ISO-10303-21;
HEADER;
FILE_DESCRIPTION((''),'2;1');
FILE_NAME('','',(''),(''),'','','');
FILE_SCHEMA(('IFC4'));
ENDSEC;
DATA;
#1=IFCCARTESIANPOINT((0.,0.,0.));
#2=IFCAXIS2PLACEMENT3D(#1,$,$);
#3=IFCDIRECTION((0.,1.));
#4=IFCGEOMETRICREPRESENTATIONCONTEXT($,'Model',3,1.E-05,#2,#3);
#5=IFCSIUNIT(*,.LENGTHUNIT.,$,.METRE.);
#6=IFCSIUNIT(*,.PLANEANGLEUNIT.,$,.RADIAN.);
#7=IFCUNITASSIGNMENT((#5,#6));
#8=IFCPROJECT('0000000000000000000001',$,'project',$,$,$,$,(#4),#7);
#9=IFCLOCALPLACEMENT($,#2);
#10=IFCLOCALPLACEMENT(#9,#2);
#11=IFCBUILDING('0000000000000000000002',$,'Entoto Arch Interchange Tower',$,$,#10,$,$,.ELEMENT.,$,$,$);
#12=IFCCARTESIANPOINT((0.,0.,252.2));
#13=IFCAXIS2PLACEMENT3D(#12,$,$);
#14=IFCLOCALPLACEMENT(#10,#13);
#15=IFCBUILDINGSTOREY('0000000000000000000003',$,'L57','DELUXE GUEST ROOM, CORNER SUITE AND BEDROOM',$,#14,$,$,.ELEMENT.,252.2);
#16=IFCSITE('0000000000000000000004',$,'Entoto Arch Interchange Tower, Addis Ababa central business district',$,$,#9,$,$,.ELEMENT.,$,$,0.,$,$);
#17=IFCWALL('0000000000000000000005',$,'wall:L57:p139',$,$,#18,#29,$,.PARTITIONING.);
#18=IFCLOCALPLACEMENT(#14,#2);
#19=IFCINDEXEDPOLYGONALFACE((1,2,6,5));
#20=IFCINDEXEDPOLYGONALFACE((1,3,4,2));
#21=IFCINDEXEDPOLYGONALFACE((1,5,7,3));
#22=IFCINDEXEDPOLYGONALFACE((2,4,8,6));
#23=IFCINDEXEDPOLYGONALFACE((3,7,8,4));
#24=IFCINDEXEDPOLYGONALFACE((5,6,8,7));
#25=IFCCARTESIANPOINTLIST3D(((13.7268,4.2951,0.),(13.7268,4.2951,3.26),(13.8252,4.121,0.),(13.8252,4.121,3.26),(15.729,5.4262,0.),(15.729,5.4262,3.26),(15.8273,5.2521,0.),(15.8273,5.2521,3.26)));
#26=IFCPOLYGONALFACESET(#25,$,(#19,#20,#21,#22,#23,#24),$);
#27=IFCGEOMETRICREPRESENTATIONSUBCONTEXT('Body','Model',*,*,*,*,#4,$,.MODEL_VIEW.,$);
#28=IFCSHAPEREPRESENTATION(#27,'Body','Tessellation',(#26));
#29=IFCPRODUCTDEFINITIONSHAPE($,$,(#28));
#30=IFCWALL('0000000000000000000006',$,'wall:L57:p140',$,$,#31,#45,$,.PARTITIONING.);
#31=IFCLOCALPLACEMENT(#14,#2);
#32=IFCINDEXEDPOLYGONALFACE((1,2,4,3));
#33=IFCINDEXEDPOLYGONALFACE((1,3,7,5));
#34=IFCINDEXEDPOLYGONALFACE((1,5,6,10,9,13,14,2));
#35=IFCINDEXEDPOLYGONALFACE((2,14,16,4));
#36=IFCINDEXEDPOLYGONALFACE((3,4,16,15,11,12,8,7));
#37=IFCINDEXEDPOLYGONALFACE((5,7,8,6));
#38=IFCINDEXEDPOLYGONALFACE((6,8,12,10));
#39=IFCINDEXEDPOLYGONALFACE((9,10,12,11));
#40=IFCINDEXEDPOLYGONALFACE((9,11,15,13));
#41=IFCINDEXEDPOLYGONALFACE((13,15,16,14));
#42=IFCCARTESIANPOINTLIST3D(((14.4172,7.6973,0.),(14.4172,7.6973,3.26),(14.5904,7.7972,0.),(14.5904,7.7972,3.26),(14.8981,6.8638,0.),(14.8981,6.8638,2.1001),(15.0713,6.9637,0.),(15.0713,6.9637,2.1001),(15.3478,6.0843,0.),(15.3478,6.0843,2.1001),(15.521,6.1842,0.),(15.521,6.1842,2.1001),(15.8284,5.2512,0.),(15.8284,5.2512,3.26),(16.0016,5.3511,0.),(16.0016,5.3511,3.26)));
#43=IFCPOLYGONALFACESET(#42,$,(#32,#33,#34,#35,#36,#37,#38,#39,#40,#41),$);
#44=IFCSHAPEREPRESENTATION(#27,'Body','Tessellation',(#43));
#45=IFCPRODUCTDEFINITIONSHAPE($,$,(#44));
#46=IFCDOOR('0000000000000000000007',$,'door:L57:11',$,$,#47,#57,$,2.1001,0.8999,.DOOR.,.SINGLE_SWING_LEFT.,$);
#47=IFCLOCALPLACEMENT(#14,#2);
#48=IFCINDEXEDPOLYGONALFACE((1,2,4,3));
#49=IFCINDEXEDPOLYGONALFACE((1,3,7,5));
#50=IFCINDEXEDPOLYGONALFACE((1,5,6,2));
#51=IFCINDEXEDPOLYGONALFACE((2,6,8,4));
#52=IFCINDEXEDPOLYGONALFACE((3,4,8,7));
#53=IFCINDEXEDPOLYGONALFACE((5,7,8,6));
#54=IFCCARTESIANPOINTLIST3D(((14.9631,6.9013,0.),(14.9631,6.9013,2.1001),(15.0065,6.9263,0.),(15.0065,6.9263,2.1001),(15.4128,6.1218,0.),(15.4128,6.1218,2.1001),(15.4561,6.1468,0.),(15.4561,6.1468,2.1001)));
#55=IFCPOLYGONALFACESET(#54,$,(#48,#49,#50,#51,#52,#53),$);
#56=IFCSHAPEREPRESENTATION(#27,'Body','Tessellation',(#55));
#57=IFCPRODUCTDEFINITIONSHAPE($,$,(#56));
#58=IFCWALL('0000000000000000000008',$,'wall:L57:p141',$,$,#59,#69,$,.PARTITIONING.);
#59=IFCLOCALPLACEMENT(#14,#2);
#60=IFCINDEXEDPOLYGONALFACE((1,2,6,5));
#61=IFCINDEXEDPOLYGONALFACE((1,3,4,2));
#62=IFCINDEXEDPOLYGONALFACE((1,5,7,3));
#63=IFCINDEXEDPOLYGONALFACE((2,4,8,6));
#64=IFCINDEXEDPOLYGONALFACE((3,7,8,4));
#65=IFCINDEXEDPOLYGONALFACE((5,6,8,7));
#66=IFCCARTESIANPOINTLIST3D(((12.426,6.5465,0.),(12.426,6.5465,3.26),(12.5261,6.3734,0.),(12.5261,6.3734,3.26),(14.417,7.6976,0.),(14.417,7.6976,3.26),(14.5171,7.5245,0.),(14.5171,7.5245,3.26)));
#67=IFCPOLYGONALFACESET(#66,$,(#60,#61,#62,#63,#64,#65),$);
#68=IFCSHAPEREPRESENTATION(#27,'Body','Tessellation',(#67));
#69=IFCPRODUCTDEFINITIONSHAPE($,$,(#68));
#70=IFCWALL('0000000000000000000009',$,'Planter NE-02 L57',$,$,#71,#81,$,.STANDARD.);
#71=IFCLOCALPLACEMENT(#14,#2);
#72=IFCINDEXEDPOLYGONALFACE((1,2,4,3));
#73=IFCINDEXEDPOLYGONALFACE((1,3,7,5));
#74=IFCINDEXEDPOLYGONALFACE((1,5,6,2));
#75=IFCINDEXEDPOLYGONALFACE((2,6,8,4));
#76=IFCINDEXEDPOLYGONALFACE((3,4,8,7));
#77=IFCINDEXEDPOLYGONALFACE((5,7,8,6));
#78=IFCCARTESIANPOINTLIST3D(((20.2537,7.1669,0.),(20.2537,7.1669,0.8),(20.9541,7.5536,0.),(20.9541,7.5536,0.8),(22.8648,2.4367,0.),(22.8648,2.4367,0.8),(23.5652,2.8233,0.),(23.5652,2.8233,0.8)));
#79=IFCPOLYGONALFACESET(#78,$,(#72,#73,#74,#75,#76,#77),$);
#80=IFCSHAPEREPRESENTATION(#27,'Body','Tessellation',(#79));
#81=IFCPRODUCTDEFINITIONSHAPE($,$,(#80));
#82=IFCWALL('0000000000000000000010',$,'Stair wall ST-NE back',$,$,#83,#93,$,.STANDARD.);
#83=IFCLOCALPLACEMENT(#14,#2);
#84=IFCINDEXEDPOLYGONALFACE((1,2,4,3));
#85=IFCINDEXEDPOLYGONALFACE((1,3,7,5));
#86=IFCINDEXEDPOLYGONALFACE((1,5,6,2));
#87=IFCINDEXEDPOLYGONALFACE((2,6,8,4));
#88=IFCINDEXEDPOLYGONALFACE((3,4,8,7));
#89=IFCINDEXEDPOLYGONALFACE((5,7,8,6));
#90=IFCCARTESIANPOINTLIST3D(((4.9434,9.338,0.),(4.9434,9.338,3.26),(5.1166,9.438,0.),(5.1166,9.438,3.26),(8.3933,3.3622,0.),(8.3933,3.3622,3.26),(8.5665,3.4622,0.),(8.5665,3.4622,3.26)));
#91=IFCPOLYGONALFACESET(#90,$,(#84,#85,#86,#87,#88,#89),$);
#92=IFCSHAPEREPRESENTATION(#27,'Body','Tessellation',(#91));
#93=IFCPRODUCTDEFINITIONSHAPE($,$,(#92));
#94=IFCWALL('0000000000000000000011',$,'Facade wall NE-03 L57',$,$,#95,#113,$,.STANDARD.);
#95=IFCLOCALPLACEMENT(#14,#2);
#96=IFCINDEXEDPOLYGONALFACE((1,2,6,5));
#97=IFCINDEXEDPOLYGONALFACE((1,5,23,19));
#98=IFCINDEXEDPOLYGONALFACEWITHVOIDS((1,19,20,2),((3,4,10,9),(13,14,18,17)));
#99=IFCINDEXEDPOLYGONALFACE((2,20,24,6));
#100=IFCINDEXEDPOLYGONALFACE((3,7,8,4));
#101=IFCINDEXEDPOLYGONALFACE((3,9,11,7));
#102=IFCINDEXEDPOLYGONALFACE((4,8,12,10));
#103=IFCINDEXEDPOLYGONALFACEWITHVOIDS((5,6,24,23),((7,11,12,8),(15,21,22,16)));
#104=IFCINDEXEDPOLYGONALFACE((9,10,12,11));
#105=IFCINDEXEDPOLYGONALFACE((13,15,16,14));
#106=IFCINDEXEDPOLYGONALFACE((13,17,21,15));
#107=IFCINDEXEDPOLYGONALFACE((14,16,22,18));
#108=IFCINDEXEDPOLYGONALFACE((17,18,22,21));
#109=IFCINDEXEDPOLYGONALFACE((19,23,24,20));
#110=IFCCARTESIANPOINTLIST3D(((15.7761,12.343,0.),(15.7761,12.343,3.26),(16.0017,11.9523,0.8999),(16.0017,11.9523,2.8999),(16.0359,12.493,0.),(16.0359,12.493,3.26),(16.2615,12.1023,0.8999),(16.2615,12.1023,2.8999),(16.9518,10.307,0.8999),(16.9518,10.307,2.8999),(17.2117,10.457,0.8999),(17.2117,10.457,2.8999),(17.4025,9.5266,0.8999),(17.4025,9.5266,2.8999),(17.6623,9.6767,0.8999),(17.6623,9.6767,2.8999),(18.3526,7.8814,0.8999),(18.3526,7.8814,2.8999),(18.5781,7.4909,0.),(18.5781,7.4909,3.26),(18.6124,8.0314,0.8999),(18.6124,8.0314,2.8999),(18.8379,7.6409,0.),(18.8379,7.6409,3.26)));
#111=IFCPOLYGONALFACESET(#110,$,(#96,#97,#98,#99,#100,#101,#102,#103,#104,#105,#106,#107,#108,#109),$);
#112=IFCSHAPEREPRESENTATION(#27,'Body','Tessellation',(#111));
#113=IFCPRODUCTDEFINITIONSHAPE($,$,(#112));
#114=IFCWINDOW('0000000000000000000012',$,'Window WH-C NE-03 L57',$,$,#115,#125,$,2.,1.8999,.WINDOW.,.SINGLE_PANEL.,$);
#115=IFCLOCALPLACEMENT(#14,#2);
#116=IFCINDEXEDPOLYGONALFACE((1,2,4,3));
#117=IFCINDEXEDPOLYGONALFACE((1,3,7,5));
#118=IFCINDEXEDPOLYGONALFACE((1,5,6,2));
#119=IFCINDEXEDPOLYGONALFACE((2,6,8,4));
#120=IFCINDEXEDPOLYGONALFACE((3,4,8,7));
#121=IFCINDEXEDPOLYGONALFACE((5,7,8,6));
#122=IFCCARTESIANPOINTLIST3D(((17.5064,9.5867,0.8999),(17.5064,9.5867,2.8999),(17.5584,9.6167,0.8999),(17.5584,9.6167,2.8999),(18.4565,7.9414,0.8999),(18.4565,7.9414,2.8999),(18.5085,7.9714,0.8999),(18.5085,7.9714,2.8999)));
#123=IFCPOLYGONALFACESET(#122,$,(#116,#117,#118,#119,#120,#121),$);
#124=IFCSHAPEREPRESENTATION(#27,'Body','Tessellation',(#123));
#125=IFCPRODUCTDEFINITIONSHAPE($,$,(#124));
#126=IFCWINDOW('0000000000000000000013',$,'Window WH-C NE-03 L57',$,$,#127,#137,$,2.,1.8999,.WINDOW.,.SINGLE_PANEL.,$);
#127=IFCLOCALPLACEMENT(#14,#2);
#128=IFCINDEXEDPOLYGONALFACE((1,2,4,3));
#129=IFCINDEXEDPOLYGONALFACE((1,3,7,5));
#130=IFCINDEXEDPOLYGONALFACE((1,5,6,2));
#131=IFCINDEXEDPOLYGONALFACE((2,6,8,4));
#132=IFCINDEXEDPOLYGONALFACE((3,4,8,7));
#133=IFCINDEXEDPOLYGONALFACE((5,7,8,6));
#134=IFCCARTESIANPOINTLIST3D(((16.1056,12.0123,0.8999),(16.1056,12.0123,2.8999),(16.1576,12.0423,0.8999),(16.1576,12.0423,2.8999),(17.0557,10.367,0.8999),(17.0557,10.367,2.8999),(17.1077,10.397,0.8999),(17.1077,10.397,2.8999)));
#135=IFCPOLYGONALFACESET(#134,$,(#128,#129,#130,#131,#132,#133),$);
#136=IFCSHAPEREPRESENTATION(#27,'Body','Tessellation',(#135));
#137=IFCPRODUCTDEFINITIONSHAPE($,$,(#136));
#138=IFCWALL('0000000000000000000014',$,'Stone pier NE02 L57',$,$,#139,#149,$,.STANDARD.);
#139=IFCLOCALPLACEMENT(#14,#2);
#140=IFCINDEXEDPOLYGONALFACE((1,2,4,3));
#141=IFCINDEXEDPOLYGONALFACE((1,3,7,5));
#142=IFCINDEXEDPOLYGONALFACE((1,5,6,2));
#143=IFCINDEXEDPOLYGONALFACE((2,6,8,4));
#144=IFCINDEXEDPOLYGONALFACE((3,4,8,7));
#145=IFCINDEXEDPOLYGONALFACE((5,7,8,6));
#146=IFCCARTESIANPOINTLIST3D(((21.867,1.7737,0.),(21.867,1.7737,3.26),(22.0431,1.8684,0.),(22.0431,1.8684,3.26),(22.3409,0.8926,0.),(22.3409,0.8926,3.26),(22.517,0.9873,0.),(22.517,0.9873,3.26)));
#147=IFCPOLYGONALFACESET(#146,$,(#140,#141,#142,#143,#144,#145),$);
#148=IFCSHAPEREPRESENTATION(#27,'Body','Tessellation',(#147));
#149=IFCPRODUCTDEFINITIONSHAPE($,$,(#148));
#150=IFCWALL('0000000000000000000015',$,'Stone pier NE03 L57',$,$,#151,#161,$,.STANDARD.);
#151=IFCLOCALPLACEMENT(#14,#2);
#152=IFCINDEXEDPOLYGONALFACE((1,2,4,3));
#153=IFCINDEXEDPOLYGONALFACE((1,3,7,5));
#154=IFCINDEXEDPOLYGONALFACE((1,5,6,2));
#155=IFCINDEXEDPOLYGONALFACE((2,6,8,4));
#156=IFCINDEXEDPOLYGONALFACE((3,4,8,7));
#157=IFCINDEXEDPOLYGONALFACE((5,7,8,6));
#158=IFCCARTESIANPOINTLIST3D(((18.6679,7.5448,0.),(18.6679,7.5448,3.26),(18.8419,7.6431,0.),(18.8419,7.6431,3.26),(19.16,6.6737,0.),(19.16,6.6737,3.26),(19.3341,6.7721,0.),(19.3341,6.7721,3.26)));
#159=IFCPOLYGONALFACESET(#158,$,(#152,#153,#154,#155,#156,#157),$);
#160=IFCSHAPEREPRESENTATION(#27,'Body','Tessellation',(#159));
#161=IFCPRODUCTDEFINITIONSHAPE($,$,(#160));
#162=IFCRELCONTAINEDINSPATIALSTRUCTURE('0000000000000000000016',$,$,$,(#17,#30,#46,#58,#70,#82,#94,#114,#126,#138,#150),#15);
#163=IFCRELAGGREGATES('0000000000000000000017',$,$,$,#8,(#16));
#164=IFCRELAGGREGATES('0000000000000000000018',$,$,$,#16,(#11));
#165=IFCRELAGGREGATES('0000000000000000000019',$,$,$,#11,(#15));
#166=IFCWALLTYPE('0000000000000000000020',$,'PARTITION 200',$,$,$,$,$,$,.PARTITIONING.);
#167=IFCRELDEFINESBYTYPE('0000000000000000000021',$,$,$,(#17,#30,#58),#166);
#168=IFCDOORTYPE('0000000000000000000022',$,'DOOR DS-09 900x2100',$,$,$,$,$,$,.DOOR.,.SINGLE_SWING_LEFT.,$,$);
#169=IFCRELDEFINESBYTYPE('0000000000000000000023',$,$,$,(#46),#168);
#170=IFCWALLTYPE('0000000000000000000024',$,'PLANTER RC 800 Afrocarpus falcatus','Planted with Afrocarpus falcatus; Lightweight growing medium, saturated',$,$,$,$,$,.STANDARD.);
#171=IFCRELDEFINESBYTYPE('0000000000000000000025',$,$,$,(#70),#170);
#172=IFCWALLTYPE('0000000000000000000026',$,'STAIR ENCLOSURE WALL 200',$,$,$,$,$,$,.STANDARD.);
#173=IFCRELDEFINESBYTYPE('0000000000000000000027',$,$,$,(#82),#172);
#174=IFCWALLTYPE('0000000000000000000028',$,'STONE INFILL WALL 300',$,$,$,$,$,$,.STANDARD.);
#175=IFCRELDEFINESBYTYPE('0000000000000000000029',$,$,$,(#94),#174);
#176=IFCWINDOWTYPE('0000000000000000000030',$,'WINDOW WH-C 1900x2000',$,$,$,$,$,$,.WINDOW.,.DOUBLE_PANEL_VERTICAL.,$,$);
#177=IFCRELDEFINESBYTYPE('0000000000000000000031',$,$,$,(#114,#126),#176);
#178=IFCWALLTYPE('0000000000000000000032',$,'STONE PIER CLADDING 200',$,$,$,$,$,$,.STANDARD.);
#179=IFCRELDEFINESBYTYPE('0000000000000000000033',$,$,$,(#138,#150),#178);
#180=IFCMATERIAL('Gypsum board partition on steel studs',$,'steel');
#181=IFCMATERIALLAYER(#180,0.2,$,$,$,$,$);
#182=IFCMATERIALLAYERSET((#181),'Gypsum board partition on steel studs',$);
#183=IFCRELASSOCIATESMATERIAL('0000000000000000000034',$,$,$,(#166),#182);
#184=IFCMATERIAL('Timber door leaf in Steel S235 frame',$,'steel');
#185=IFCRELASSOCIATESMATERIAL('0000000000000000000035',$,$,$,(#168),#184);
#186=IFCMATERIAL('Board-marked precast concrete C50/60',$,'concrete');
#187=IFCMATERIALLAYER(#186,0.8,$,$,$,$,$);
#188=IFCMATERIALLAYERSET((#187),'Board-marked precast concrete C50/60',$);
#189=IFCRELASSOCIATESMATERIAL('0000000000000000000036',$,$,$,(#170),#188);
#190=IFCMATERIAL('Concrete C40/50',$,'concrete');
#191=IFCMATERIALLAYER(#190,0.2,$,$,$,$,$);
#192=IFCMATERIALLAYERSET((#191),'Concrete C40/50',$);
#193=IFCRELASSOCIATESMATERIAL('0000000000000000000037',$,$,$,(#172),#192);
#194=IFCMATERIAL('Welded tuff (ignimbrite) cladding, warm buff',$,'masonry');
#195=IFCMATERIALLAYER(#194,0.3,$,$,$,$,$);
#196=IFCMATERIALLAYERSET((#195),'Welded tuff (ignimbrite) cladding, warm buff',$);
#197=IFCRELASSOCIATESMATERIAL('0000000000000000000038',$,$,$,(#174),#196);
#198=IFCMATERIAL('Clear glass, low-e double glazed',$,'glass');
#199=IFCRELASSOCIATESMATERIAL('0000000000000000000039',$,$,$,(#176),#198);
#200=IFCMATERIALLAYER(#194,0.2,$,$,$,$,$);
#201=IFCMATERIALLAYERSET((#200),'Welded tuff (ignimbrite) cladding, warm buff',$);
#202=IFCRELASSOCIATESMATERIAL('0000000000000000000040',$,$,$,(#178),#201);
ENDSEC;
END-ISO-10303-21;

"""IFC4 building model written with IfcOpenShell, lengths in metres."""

from ifc_helpers import new_model, si_unit, direction, frame, frame_2d, origin, place, context, subcontext, project, spatial, rectangle, extrude, material, layer, layer_set, type_object, element, fill, save


model = new_model("IFC4")

# Units and contexts
model_context = context("Model", 3, precision=1e-05, world=origin(), true_north=direction((0.0, 1.0)))
body_context = subcontext(model_context, "Body", "Model", "MODEL_VIEW")
ifc_project = project(units=[si_unit("LENGTHUNIT", "METRE"), si_unit("PLANEANGLEUNIT", "RADIAN")], contexts=[model_context])

# Site, building, storey
site_placement = place(None, origin())
site = spatial("IfcSite", under=ifc_project, at=site_placement, Name="Entoto Arch Interchange Tower, Addis Ababa central business district", CompositionType="ELEMENT", RefElevation=0.0)
building_placement = place(site_placement, origin())
building = spatial("IfcBuilding", under=site, at=building_placement, Name="Entoto Arch Interchange Tower", CompositionType="ELEMENT")
storey_placement = place(building_placement, frame((0.0, 0.0, 252.2)))
storey = spatial("IfcBuildingStorey", under=building, at=storey_placement, Name="L57", Description="DELUXE GUEST ROOM, CORNER SUITE AND BEDROOM", CompositionType="ELEMENT", Elevation=252.2)

# Shared definitions
ifc_material_1 = material(Name="Concrete C40/50", Category="concrete")

# Shared definitions
ifc_material_2 = material(Name="Gypsum board partition on steel studs", Category="steel")

# Shared definitions
ifc_layer_1 = layer(ifc_material_2, 0.2)
ifc_layer_set_1 = layer_set([ifc_layer_1], Name="Gypsum board partition on steel studs")
wall_type_1 = type_object("IfcWallType", Name="PARTITION 200", PredefinedType="PARTITIONING", material=ifc_layer_set_1)
ifc_material_3 = material(Name="Timber door leaf in Steel S235 frame", Category="steel")

# Wall
wall_1_placement = place(storey_placement, frame((13.7759, 4.208, 0.0), z_axis=(0.0, 0.0, 1.0), x_axis=(0.87067, 0.491868, 0.0)))
element("IfcWall", 1, at=wall_1_placement, inside=storey, type_object=wall_type_1, Name="wall:L57:p139", PredefinedType="PARTITIONING", context=body_context, shape_type="SweptSolid", body=[
    extrude(rectangle(XDim=2.2996, YDim=0.2, at=frame_2d((1.1499, 0.0))), origin(), (0.0, 0.0, 1.0), 3.26),
])

# Wall, opening, door
wall_2_placement = place(storey_placement, frame((15.915, 5.301, 0.0), z_axis=(0.0, 0.0, 1.0), x_axis=(-0.49971, 0.866193, 0.0)))
wall_2 = element("IfcWall", 2, at=wall_2_placement, inside=storey, type_object=wall_type_1, Name="wall:L57:p140", PredefinedType="PARTITIONING", context=body_context, shape_type="SweptSolid", body=[
    extrude(rectangle(XDim=2.824, YDim=0.2, at=frame_2d((1.4121, 0.0))), origin(), (0.0, 0.0, 1.0), 3.26),
])
opening_1_placement = place(wall_2_placement, frame((0.9619, 0.0, 0.0)))
opening_1 = element("IfcOpeningElement", 3, at=opening_1_placement, cuts=wall_2, PredefinedType="OPENING", context=body_context, shape_type="SweptSolid", body=[
    extrude(rectangle(XDim=0.8999, YDim=2.1001, at=frame_2d((0.45, 1.05))), frame((0.0, 0.1099, 0.0), z_axis=(0.0, -1.0, 0.0), x_axis=(1.0, 0.0, 0.0)), (0.0, 0.0, 1.0), 0.22),
])
door_type_1 = type_object("IfcDoorType", Name="DOOR DS-09 900x2100", OperationType="SINGLE_SWING_LEFT", PredefinedType="DOOR", material=ifc_material_3)
door_1_placement = place(opening_1_placement, origin())
door_1 = element("IfcDoor", 4, at=door_1_placement, inside=storey, type_object=door_type_1, Name="door:L57:11", OperationType="SINGLE_SWING_LEFT", OverallHeight=2.1001, OverallWidth=0.8999, PredefinedType="DOOR", context=body_context, shape_type="SweptSolid", body=[
    extrude(rectangle(XDim=0.8999, YDim=2.1001, at=frame_2d((0.45, 1.05))), frame((0.0, 0.0249, 0.0), z_axis=(0.0, -1.0, 0.0), x_axis=(1.0, 0.0, 0.0)), (0.0, 0.0, 1.0), 0.05),
])
fill(opening_1, door_1)

# Walls
wall_3_placement = place(storey_placement, frame((14.467, 7.6111, 0.0), z_axis=(0.0, 0.0, 1.0), x_axis=(-0.865717, -0.500534, 0.0)))
element("IfcWall", 5, at=wall_3_placement, inside=storey, type_object=wall_type_1, Name="wall:L57:p141", PredefinedType="PARTITIONING", context=body_context, shape_type="SweptSolid", body=[
    extrude(rectangle(XDim=2.2998, YDim=0.2, at=frame_2d((1.1499, 0.0))), origin(), (0.0, 0.0, 1.0), 3.26),
])
ifc_material_4 = material(Name="Board-marked precast concrete C50/60", Category="concrete")
ifc_layer_2 = layer(ifc_material_4, 0.8)
ifc_layer_set_2 = layer_set([ifc_layer_2], Name="Board-marked precast concrete C50/60")
wall_type_2 = type_object("IfcWallType", Name="PLANTER RC 800 Afrocarpus falcatus", Description="Planted with Afrocarpus falcatus; Lightweight growing medium, saturated", PredefinedType="STANDARD", material=ifc_layer_set_2)
wall_4_placement = place(storey_placement, frame((23.2151, 2.6299, 0.0), z_axis=(0.0, 0.0, 1.0), x_axis=(-0.483262, 0.875476, 0.0)))
element("IfcWall", 6, at=wall_4_placement, inside=storey, type_object=wall_type_2, Name="Planter NE-02 L57", PredefinedType="STANDARD", context=body_context, shape_type="SweptSolid", body=[
    extrude(rectangle(XDim=5.4031, YDim=0.8, at=frame_2d((2.7017, 0.0))), origin(), (0.0, 0.0, 1.0), 0.8),
])
ifc_layer_3 = layer(ifc_material_1, 0.2)
ifc_layer_set_3 = layer_set([ifc_layer_3], Name="Concrete C40/50")
wall_type_3 = type_object("IfcWallType", Name="STAIR ENCLOSURE WALL 200", PredefinedType="STANDARD", material=ifc_layer_set_3)
wall_5_placement = place(storey_placement, frame((8.48, 3.4121, 0.0), z_axis=(0.0, 0.0, 1.0), x_axis=(-0.499979, 0.866038, 0.0)))
element("IfcWall", 7, at=wall_5_placement, inside=storey, type_object=wall_type_3, Name="Stair wall ST-NE back", PredefinedType="STANDARD", context=body_context, shape_type="SweptSolid", body=[
    extrude(rectangle(XDim=6.9001, YDim=0.2, at=frame_2d((3.4502, 0.0))), origin(), (0.0, 0.0, 1.0), 3.26),
])

# Shared definitions
ifc_material_5 = material(Name="Welded tuff (ignimbrite) cladding, warm buff", Category="masonry")
ifc_layer_4 = layer(ifc_material_5, 0.3)
ifc_layer_set_4 = layer_set([ifc_layer_4], Name="Welded tuff (ignimbrite) cladding, warm buff")
wall_type_4 = type_object("IfcWallType", Name="STONE INFILL WALL 300", PredefinedType="STANDARD", material=ifc_layer_set_4)
ifc_material_6 = material(Name="Clear glass, low-e double glazed", Category="glass")
window_type = type_object("IfcWindowType", Name="WINDOW WH-C 1900x2000", PartitioningType="DOUBLE_PANEL_VERTICAL", PredefinedType="WINDOW", material=ifc_material_6)

# Wall, openings, windows
wall_6_placement = place(storey_placement, frame((18.708, 7.5659, 0.0), z_axis=(0.0, 0.0, 1.0), x_axis=(-0.50009, 0.865974, 0.0)))
wall_6 = element("IfcWall", 8, at=wall_6_placement, inside=storey, type_object=wall_type_4, Name="Facade wall NE-03 L57", PredefinedType="STANDARD", context=body_context, shape_type="SweptSolid", body=[
    extrude(rectangle(XDim=5.603, YDim=0.3, at=frame_2d((2.8015, 0.0))), origin(), (0.0, 0.0, 1.0), 3.26),
])
opening_2_placement = place(wall_6_placement, frame((0.4509, 0.0, 0.8999)))
opening_2 = element("IfcOpeningElement", 9, at=opening_2_placement, cuts=wall_6, PredefinedType="OPENING", context=body_context, shape_type="SweptSolid", body=[
    extrude(rectangle(XDim=1.8999, YDim=2.0, at=frame_2d((0.95, 1.0))), frame((0.0, 0.1602, 0.0), z_axis=(0.0, -1.0, 0.0), x_axis=(1.0, 0.0, 0.0)), (0.0, 0.0, 1.0), 0.3201),
])
opening_3_placement = place(wall_6_placement, frame((3.252, 0.0, 0.8999)))
opening_3 = element("IfcOpeningElement", 10, at=opening_3_placement, cuts=wall_6, PredefinedType="OPENING", context=body_context, shape_type="SweptSolid", body=[
    extrude(rectangle(XDim=1.8999, YDim=2.0, at=frame_2d((0.95, 1.0))), frame((0.0, 0.1602, 0.0), z_axis=(0.0, -1.0, 0.0), x_axis=(1.0, 0.0, 0.0)), (0.0, 0.0, 1.0), 0.3201),
])
window_1_placement = place(opening_2_placement, origin())
window_1 = element("IfcWindow", 11, at=window_1_placement, inside=storey, type_object=window_type, Name="Window WH-C NE-03 L57", OverallHeight=2.0, OverallWidth=1.8999, PartitioningType="SINGLE_PANEL", PredefinedType="WINDOW", context=body_context, shape_type="SweptSolid", body=[
    extrude(rectangle(XDim=1.8999, YDim=2.0, at=frame_2d((0.95, 1.0))), frame((0.0, 0.03, 0.0), z_axis=(0.0, -1.0, 0.0), x_axis=(1.0, 0.0, 0.0)), (0.0, 0.0, 1.0), 0.0601),
])
fill(opening_2, window_1)
window_2_placement = place(opening_3_placement, origin())
window_2 = element("IfcWindow", 12, at=window_2_placement, inside=storey, type_object=window_type, Name="Window WH-C NE-03 L57", OverallHeight=2.0, OverallWidth=1.8999, PartitioningType="SINGLE_PANEL", PredefinedType="WINDOW", context=body_context, shape_type="SweptSolid", body=[
    extrude(rectangle(XDim=1.8999, YDim=2.0, at=frame_2d((0.95, 1.0))), frame((0.0, 0.03, 0.0), z_axis=(0.0, -1.0, 0.0), x_axis=(1.0, 0.0, 0.0)), (0.0, 0.0, 1.0), 0.0601),
])
fill(opening_3, window_2)

# Walls
ifc_layer_5 = layer(ifc_material_5, 0.2)
ifc_layer_set_5 = layer_set([ifc_layer_5], Name="Welded tuff (ignimbrite) cladding, warm buff")
wall_type_5 = type_object("IfcWallType", Name="STONE PIER CLADDING 200", PredefinedType="STANDARD", material=ifc_layer_set_5)
for number, where, z_axis, x_axis, name in (
    (13, (22.429, 0.9399, 0.0), (0.0, 0.0, 1.0), (-0.473663, 0.880706, 0.0), "Stone pier NE02 L57"),
    (14, (19.2471, 6.7229, 0.0), (0.0, 0.0, 1.0), (-0.491929, 0.870636, 0.0), "Stone pier NE03 L57"),
):
    element("IfcWall", number, at=place(storey_placement, frame(where, z_axis=z_axis, x_axis=x_axis)), inside=storey, type_object=wall_type_5, Name=name, PredefinedType="STANDARD", context=body_context, shape_type="SweptSolid", body=[
        extrude(rectangle(XDim=1.0005, YDim=0.2, at=frame_2d((0.5002, 0.0))), origin(), (0.0, 0.0, 1.0), 3.26),
    ])

save(model, "model.ifc")
